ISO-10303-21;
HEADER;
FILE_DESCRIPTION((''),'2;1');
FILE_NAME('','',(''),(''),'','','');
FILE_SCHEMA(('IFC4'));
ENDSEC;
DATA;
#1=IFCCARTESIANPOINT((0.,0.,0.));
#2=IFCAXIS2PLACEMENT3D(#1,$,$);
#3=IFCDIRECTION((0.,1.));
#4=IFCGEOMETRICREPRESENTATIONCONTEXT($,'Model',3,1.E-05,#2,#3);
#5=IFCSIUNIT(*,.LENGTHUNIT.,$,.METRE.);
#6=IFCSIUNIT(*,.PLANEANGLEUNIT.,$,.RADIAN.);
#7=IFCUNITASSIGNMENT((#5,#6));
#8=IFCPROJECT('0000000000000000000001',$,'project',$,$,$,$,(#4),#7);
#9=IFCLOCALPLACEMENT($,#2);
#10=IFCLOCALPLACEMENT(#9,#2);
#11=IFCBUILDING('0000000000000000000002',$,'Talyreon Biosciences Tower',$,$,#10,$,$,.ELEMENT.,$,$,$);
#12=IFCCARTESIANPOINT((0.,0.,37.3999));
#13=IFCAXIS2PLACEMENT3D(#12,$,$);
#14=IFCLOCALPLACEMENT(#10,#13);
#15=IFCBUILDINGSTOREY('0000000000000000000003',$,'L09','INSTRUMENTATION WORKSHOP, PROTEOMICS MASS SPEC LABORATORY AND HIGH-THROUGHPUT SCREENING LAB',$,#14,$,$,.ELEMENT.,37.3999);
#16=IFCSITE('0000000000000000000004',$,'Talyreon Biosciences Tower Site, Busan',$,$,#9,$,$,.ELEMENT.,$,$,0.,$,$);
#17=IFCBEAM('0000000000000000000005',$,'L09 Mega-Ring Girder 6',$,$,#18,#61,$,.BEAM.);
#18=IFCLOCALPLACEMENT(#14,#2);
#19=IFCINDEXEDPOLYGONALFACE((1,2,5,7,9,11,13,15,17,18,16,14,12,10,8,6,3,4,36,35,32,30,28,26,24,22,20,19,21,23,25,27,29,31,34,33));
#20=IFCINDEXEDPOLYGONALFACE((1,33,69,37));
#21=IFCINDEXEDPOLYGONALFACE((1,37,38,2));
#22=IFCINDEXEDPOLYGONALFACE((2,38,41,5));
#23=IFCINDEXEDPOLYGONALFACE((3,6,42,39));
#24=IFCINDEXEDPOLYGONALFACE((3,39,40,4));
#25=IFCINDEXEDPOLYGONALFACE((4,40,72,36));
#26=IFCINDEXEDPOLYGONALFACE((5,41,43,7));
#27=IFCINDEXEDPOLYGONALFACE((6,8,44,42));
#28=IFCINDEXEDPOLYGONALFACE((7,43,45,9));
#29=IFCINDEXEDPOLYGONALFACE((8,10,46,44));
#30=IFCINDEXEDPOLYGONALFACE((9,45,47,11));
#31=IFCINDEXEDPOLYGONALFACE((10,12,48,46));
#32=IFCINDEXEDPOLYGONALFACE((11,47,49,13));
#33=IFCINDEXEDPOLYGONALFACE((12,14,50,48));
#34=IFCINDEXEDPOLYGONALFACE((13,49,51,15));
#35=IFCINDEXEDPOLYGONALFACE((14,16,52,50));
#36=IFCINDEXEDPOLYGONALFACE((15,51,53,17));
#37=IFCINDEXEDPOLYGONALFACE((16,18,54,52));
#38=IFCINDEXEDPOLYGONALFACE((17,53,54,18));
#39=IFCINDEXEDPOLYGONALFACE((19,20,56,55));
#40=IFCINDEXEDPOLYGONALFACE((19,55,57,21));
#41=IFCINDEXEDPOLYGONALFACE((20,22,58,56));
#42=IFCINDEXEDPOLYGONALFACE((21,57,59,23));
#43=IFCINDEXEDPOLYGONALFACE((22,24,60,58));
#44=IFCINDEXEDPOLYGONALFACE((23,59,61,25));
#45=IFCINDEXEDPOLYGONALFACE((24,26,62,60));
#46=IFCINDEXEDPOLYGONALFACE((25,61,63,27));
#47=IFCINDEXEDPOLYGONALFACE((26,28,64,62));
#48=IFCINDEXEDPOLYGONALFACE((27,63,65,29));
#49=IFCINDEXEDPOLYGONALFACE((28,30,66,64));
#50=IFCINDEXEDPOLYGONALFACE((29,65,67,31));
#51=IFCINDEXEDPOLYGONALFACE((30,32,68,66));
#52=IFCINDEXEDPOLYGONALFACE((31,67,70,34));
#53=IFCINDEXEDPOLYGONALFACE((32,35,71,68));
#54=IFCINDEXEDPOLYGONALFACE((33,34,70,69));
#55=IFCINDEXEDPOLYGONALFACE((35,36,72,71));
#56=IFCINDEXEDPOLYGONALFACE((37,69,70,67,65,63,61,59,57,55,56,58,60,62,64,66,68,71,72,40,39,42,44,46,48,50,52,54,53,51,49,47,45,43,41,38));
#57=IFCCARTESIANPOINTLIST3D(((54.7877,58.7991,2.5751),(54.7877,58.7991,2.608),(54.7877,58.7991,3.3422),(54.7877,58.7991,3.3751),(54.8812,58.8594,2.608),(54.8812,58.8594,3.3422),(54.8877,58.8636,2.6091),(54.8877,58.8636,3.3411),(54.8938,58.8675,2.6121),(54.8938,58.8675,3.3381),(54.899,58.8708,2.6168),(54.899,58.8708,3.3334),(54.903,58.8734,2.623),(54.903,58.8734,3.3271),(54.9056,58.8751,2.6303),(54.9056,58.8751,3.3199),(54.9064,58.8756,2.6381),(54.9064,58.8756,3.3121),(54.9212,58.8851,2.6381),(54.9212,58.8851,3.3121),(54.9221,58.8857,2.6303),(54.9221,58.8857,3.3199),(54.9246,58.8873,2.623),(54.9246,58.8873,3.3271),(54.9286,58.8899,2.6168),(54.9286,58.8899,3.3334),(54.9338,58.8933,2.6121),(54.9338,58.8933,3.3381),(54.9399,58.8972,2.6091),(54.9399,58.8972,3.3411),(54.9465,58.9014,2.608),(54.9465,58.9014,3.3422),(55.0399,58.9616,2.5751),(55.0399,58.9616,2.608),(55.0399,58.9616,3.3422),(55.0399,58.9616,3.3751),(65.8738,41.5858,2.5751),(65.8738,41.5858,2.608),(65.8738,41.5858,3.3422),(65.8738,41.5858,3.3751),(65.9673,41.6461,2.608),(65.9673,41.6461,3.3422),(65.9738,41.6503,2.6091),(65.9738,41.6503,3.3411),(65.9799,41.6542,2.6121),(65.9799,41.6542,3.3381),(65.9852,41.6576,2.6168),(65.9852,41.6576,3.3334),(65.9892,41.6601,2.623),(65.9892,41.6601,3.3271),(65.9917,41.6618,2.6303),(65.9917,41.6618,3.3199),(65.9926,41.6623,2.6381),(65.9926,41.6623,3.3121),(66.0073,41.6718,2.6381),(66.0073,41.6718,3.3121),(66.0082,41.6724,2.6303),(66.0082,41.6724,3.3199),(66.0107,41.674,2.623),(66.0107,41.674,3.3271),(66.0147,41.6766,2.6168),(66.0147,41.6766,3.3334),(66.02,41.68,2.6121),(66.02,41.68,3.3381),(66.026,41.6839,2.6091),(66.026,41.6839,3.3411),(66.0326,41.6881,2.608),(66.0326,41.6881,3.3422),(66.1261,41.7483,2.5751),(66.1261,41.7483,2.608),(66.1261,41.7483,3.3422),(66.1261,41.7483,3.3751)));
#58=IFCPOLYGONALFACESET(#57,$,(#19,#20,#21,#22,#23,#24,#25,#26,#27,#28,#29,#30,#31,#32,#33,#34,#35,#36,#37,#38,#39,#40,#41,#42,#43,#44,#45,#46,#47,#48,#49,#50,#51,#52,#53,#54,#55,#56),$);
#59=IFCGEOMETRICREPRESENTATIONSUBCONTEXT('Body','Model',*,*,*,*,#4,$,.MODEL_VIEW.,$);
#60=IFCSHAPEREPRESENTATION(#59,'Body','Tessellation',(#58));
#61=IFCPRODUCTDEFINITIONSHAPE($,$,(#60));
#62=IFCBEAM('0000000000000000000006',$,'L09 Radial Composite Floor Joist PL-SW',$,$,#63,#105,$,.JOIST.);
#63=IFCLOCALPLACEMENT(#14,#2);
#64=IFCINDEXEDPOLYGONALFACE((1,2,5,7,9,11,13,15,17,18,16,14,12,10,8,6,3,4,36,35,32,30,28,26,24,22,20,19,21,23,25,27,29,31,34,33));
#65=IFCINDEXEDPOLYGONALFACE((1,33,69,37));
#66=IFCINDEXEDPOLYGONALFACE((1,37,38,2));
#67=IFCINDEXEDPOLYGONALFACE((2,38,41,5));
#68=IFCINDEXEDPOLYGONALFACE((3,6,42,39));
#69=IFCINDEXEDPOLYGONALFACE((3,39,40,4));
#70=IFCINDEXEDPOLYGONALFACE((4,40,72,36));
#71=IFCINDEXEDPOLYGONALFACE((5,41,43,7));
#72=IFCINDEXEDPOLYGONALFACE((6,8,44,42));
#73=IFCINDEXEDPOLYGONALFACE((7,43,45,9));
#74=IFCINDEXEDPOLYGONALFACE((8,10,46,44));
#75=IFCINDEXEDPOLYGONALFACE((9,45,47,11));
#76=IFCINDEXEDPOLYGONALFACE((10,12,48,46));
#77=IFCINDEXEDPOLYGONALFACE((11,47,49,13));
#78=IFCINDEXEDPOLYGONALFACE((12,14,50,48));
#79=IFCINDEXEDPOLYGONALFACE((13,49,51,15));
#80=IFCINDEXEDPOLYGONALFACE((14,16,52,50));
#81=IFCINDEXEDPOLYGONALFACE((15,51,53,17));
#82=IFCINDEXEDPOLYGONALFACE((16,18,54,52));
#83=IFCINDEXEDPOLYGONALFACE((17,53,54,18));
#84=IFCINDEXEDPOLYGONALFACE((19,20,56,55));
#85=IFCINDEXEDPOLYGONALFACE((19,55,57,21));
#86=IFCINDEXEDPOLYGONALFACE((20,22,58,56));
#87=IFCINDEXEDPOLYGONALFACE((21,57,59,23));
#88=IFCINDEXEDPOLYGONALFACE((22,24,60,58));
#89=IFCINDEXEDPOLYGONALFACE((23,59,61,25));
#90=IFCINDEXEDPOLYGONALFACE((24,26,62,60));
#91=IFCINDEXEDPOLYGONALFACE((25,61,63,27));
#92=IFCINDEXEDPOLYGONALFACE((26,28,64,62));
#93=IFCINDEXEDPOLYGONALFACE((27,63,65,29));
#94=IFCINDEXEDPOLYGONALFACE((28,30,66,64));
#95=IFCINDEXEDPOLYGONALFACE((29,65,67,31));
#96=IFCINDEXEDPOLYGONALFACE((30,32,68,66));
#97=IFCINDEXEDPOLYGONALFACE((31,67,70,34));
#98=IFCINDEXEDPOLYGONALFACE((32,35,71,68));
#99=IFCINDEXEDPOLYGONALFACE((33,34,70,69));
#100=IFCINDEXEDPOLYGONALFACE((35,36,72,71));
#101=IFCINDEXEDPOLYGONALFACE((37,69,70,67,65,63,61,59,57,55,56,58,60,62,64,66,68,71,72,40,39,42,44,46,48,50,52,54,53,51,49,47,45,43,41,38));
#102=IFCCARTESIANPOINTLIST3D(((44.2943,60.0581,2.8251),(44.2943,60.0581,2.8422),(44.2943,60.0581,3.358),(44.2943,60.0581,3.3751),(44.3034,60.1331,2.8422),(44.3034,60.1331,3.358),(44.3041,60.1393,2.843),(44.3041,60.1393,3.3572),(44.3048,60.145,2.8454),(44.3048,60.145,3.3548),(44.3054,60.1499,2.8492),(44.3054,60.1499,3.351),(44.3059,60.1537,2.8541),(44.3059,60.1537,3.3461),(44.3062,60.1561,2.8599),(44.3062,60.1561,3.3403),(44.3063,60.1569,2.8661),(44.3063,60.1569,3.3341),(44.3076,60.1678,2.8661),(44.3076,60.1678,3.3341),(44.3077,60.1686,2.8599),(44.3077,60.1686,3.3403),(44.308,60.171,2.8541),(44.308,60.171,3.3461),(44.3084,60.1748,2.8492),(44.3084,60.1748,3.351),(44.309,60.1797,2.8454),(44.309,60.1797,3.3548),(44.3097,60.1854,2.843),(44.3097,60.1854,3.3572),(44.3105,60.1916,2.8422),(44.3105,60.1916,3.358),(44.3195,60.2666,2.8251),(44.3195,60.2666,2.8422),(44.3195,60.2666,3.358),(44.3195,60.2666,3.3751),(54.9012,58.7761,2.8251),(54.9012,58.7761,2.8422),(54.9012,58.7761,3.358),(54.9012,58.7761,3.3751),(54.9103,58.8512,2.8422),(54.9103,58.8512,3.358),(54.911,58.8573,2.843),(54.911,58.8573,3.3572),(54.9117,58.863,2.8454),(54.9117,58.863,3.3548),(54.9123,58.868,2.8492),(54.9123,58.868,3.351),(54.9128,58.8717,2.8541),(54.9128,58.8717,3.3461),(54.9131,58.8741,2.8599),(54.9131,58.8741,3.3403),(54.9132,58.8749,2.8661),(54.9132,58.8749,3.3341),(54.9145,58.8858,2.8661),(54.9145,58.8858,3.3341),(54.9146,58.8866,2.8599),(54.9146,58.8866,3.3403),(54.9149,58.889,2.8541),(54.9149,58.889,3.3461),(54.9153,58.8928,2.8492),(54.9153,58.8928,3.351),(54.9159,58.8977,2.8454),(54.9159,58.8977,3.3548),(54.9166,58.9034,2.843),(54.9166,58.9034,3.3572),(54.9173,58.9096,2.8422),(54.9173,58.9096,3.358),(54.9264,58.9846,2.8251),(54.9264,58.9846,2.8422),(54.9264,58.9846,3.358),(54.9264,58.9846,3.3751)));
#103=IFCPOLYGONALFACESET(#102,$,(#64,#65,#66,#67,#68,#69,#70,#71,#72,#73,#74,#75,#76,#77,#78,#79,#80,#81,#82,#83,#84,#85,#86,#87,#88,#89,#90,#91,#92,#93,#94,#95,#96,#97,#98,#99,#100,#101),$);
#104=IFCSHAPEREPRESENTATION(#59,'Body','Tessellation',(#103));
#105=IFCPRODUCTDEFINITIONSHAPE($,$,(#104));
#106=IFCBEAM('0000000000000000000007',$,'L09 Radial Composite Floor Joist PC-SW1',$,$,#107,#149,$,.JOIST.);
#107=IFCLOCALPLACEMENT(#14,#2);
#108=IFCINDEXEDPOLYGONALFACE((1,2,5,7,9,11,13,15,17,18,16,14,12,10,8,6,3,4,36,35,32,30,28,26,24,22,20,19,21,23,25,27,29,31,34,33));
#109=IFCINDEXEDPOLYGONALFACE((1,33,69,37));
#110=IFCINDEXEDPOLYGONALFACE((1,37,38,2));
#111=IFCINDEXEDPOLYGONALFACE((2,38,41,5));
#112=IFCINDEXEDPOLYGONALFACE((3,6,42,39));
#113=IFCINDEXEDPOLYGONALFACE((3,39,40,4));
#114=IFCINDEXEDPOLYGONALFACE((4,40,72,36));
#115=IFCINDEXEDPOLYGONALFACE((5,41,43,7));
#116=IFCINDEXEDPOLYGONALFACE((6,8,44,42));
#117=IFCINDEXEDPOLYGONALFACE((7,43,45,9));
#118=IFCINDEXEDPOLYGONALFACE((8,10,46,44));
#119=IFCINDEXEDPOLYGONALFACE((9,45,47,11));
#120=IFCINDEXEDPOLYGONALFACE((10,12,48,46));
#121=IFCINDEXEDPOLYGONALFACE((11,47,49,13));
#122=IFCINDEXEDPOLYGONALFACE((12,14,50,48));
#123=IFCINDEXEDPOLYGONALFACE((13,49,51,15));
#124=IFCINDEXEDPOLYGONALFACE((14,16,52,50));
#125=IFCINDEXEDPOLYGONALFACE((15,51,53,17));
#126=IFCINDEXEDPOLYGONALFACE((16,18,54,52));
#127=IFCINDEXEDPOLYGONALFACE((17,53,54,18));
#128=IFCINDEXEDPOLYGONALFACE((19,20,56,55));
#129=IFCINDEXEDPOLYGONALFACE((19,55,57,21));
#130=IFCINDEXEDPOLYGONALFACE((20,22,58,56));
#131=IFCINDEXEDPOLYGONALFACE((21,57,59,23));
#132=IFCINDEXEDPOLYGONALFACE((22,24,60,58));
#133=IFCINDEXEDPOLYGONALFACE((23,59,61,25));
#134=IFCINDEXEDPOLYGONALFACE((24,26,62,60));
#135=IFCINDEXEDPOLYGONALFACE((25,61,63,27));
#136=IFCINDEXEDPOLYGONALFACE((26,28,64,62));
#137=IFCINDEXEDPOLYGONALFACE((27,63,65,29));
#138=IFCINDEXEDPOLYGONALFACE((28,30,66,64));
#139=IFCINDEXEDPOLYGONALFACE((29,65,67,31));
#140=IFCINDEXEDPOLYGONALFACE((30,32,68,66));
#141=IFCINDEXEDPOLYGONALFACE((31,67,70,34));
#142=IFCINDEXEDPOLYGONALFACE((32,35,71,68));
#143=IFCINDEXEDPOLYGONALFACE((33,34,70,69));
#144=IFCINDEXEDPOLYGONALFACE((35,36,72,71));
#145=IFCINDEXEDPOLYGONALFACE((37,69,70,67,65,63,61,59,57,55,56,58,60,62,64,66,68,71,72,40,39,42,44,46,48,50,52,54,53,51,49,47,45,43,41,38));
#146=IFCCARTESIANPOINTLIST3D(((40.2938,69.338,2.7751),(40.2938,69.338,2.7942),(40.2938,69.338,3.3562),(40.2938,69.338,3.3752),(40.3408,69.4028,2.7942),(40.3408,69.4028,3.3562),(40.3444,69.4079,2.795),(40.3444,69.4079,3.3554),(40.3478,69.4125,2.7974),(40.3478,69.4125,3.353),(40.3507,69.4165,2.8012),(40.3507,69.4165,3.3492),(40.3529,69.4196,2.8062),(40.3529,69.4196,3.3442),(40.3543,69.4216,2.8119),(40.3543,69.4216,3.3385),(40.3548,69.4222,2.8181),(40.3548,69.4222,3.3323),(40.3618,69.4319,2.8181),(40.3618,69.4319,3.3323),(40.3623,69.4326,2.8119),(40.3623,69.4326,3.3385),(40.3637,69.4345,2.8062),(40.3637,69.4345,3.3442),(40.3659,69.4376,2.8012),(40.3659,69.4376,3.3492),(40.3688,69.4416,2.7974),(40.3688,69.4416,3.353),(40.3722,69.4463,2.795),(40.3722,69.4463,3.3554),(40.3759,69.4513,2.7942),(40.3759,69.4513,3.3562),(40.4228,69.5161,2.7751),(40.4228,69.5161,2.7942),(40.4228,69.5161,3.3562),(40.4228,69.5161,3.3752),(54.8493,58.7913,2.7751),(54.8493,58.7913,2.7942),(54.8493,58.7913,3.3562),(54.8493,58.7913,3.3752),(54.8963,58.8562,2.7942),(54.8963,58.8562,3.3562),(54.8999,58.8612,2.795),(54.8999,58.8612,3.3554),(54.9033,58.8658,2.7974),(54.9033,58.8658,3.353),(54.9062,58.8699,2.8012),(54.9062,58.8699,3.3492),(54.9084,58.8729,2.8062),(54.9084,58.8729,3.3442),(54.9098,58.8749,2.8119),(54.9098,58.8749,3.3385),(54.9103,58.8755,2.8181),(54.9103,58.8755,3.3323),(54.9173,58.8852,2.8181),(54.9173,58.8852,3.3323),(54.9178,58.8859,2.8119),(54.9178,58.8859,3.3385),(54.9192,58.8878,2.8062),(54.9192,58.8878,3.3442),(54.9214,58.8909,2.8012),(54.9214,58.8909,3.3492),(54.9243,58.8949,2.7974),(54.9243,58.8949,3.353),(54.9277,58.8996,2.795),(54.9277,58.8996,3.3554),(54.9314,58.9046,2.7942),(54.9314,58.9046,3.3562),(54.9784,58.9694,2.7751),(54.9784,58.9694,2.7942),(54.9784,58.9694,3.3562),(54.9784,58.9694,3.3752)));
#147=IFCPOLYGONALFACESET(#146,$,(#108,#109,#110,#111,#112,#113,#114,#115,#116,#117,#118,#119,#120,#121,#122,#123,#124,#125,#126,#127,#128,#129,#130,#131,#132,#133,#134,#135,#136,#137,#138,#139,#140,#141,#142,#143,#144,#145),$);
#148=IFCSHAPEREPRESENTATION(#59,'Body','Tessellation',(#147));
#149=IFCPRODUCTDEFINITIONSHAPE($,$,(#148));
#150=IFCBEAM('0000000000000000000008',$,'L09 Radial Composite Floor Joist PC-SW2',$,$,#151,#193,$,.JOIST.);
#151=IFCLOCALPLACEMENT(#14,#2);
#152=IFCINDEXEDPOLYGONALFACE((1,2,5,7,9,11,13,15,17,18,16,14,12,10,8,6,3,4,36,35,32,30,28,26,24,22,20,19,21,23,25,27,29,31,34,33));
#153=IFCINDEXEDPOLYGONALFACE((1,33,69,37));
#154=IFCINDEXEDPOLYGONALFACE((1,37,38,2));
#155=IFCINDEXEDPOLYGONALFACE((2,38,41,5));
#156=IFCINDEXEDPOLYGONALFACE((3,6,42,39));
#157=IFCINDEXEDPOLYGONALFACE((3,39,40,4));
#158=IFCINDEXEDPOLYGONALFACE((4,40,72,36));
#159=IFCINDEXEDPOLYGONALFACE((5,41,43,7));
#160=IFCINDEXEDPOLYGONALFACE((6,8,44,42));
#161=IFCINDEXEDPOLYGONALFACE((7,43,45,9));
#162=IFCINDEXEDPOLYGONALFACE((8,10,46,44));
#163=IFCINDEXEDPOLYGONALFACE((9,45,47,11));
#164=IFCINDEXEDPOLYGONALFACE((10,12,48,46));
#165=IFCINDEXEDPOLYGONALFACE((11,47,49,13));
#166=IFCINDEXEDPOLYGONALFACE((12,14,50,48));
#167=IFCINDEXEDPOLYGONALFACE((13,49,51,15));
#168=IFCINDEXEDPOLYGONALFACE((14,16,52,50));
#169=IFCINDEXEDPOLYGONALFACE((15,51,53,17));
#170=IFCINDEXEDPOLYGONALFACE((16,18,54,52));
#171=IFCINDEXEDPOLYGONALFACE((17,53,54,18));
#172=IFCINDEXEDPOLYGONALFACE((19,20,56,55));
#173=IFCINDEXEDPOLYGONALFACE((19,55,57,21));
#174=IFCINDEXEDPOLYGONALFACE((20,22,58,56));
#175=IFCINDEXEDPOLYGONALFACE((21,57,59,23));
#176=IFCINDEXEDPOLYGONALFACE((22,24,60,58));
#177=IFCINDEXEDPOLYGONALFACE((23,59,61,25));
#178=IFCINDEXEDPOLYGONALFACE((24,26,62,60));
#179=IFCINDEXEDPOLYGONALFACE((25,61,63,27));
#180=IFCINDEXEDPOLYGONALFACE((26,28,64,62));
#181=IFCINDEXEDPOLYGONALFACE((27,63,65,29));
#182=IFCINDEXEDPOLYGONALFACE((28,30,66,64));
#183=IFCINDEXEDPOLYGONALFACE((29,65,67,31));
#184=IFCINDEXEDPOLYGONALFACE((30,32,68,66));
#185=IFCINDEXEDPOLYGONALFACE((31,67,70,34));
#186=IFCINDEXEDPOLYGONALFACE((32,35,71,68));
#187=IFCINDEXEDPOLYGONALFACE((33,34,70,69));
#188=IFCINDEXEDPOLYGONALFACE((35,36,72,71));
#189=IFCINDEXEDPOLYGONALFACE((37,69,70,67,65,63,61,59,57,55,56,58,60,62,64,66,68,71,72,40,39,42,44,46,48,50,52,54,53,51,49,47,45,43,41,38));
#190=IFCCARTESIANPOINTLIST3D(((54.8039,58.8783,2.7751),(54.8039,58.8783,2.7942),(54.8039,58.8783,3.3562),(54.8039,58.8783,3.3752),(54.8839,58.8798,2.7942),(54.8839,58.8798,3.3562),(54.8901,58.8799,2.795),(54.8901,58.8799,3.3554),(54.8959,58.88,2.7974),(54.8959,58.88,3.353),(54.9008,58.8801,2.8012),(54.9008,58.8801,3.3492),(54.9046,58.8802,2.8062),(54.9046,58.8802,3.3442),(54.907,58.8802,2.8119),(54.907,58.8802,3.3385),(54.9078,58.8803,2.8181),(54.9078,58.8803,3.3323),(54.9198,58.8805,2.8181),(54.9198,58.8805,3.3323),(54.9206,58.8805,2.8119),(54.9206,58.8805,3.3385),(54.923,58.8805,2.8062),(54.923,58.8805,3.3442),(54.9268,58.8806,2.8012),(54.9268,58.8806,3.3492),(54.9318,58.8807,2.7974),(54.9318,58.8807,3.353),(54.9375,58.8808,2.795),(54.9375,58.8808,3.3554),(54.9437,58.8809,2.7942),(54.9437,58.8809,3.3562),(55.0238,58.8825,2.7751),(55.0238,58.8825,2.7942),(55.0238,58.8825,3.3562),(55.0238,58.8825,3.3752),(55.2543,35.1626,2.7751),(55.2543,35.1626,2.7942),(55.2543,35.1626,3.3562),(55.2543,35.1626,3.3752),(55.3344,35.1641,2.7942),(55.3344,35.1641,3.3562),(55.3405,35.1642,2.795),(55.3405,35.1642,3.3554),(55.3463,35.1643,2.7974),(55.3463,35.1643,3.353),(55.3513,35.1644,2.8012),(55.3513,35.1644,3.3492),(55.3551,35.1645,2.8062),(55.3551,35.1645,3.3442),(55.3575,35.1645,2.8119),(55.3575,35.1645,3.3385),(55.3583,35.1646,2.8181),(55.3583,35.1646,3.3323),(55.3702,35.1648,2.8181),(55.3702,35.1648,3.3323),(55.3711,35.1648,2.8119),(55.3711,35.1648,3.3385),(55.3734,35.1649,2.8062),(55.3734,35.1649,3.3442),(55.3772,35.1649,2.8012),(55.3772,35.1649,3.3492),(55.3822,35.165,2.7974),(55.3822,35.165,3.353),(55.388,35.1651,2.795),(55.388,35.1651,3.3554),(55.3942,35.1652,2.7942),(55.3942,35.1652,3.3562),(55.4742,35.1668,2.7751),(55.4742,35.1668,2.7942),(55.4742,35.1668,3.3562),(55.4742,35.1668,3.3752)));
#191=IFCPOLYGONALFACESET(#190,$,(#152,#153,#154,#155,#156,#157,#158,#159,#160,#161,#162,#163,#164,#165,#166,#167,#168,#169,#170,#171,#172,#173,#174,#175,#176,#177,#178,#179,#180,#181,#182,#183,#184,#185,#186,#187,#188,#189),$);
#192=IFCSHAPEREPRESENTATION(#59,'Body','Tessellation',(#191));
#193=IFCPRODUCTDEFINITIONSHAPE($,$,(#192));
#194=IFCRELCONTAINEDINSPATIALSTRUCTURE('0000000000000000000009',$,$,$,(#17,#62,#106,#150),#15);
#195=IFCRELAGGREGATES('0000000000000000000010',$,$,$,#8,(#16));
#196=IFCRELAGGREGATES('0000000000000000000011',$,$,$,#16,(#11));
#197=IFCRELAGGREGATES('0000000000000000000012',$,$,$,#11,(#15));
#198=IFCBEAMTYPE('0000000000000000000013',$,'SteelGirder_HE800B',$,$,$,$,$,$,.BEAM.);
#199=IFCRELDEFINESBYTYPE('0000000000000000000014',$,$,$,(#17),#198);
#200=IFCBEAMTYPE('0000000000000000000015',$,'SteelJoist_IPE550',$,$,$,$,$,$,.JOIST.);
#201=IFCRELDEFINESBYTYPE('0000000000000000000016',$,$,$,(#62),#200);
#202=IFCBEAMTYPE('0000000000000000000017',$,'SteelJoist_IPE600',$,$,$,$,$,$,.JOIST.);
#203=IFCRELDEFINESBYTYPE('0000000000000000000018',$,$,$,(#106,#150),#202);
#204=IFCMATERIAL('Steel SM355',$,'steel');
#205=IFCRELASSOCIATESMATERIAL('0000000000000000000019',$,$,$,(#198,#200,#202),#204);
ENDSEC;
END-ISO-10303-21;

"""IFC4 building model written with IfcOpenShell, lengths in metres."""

from ifc_helpers import new_model, si_unit, direction, frame, origin, origin_2d, place, context, subcontext, project, spatial, i_section, extrude, material, material_profile, profile_set, type_object, element, save


model = new_model("IFC4")

# Units and contexts
model_context = context("Model", 3, precision=1e-05, world=origin(), true_north=direction((0.0, 1.0)))
body_context = subcontext(model_context, "Body", "Model", "MODEL_VIEW")
ifc_project = project(units=[si_unit("LENGTHUNIT", "METRE"), si_unit("PLANEANGLEUNIT", "RADIAN")], contexts=[model_context])

# Site, building, storey
site_placement = place(None, origin())
site = spatial("IfcSite", under=ifc_project, at=site_placement, Name="Talyreon Biosciences Tower Site, Busan", CompositionType="ELEMENT", RefElevation=0.0)
building_placement = place(site_placement, origin())
building = spatial("IfcBuilding", under=site, at=building_placement, Name="Talyreon Biosciences Tower", CompositionType="ELEMENT")
storey_placement = place(building_placement, frame((0.0, 0.0, 37.3999)))
storey = spatial("IfcBuildingStorey", under=building, at=storey_placement, Name="L09", Description="INSTRUMENTATION WORKSHOP, PROTEOMICS MASS SPEC LABORATORY AND HIGH-THROUGHPUT SCREENING LAB", CompositionType="ELEMENT", Elevation=37.3999)

# Beams
ifc_material_1 = material(Name="Steel SM355", Category="steel")
ifc_material_profile_1 = material_profile(ifc_material_1, i_section(OverallWidth=0.3, OverallDepth=0.8, WebThickness=0.0176, FlangeThickness=0.033, FilletRadius=0.03, at=origin_2d()), Name="HE800B")
ifc_profile_set_1 = profile_set([ifc_material_profile_1], Name="Steel SM355")
beam_type_1 = type_object("IfcBeamType", Name="SteelGirder_HE800B", PredefinedType="BEAM", material=ifc_profile_set_1)
beam_1_placement = place(storey_placement, frame((54.9138, 58.8804, 2.9751), z_axis=(0.541464, -0.840724, 0.0), x_axis=(0.840724, 0.541464, 0.0)))
element("IfcBeam", 1, at=beam_1_placement, inside=storey, type_object=beam_type_1, Name="L09 Mega-Ring Girder 6", PredefinedType="BEAM", context=body_context, shape_type="SweptSolid", body=[
    extrude(i_section(OverallWidth=0.3, OverallDepth=0.8, WebThickness=0.0176, FlangeThickness=0.033, FilletRadius=0.03, at=origin_2d()), origin(), (0.0, 0.0, 1.0), 20.4744),
])
ifc_material_profile_2 = material_profile(ifc_material_1, i_section(OverallWidth=0.21, OverallDepth=0.55, WebThickness=0.011, FlangeThickness=0.0171, FilletRadius=0.0239, at=origin_2d()), Name="IPE550")
ifc_profile_set_2 = profile_set([ifc_material_profile_2], Name="Steel SM355")
beam_type_2 = type_object("IfcBeamType", Name="SteelJoist_IPE550", PredefinedType="JOIST", material=ifc_profile_set_2)
beam_2_placement = place(storey_placement, frame((54.9138, 58.8804, 3.1001), z_axis=(-0.992775, 0.119989, 0.0), x_axis=(-0.119989, -0.992775, 0.0)))
element("IfcBeam", 2, at=beam_2_placement, inside=storey, type_object=beam_type_2, Name="L09 Radial Composite Floor Joist PL-SW", PredefinedType="JOIST", context=body_context, shape_type="SweptSolid", body=[
    extrude(i_section(OverallWidth=0.21, OverallDepth=0.55, WebThickness=0.011, FlangeThickness=0.0171, FilletRadius=0.0239, at=origin_2d()), origin(), (0.0, 0.0, 1.0), 10.6841),
])
ifc_material_profile_3 = material_profile(ifc_material_1, i_section(OverallWidth=0.22, OverallDepth=0.6001, WebThickness=0.012, FlangeThickness=0.019, FilletRadius=0.0239, at=origin_2d()), Name="IPE600")
ifc_profile_set_3 = profile_set([ifc_material_profile_3], Name="Steel SM355")
beam_type_3 = type_object("IfcBeamType", Name="SteelJoist_IPE600", PredefinedType="JOIST", material=ifc_profile_set_3)
beam_3_placement = place(storey_placement, frame((54.9138, 58.8804, 3.0752), z_axis=(-0.80977, 0.586747, 0.0), x_axis=(-0.586747, -0.80977, 0.0)))
element("IfcBeam", 3, at=beam_3_placement, inside=storey, type_object=beam_type_3, Name="L09 Radial Composite Floor Joist PC-SW1", PredefinedType="JOIST", context=body_context, shape_type="SweptSolid", body=[
    extrude(i_section(OverallWidth=0.22, OverallDepth=0.6001, WebThickness=0.012, FlangeThickness=0.019, FilletRadius=0.0239, at=origin_2d()), origin(), (0.0, 0.0, 1.0), 17.9749),
])
beam_4_placement = place(storey_placement, frame((54.9138, 58.8804, 3.0752), z_axis=(0.01899, -0.99982, 0.0), x_axis=(0.99982, 0.01899, 0.0)))
element("IfcBeam", 4, at=beam_4_placement, inside=storey, type_object=beam_type_3, Name="L09 Radial Composite Floor Joist PC-SW2", PredefinedType="JOIST", context=body_context, shape_type="SweptSolid", body=[
    extrude(i_section(OverallWidth=0.22, OverallDepth=0.6001, WebThickness=0.012, FlangeThickness=0.019, FilletRadius=0.0239, at=origin_2d()), origin(), (0.0, 0.0, 1.0), 23.72),
])

save(model, "model.ifc")
